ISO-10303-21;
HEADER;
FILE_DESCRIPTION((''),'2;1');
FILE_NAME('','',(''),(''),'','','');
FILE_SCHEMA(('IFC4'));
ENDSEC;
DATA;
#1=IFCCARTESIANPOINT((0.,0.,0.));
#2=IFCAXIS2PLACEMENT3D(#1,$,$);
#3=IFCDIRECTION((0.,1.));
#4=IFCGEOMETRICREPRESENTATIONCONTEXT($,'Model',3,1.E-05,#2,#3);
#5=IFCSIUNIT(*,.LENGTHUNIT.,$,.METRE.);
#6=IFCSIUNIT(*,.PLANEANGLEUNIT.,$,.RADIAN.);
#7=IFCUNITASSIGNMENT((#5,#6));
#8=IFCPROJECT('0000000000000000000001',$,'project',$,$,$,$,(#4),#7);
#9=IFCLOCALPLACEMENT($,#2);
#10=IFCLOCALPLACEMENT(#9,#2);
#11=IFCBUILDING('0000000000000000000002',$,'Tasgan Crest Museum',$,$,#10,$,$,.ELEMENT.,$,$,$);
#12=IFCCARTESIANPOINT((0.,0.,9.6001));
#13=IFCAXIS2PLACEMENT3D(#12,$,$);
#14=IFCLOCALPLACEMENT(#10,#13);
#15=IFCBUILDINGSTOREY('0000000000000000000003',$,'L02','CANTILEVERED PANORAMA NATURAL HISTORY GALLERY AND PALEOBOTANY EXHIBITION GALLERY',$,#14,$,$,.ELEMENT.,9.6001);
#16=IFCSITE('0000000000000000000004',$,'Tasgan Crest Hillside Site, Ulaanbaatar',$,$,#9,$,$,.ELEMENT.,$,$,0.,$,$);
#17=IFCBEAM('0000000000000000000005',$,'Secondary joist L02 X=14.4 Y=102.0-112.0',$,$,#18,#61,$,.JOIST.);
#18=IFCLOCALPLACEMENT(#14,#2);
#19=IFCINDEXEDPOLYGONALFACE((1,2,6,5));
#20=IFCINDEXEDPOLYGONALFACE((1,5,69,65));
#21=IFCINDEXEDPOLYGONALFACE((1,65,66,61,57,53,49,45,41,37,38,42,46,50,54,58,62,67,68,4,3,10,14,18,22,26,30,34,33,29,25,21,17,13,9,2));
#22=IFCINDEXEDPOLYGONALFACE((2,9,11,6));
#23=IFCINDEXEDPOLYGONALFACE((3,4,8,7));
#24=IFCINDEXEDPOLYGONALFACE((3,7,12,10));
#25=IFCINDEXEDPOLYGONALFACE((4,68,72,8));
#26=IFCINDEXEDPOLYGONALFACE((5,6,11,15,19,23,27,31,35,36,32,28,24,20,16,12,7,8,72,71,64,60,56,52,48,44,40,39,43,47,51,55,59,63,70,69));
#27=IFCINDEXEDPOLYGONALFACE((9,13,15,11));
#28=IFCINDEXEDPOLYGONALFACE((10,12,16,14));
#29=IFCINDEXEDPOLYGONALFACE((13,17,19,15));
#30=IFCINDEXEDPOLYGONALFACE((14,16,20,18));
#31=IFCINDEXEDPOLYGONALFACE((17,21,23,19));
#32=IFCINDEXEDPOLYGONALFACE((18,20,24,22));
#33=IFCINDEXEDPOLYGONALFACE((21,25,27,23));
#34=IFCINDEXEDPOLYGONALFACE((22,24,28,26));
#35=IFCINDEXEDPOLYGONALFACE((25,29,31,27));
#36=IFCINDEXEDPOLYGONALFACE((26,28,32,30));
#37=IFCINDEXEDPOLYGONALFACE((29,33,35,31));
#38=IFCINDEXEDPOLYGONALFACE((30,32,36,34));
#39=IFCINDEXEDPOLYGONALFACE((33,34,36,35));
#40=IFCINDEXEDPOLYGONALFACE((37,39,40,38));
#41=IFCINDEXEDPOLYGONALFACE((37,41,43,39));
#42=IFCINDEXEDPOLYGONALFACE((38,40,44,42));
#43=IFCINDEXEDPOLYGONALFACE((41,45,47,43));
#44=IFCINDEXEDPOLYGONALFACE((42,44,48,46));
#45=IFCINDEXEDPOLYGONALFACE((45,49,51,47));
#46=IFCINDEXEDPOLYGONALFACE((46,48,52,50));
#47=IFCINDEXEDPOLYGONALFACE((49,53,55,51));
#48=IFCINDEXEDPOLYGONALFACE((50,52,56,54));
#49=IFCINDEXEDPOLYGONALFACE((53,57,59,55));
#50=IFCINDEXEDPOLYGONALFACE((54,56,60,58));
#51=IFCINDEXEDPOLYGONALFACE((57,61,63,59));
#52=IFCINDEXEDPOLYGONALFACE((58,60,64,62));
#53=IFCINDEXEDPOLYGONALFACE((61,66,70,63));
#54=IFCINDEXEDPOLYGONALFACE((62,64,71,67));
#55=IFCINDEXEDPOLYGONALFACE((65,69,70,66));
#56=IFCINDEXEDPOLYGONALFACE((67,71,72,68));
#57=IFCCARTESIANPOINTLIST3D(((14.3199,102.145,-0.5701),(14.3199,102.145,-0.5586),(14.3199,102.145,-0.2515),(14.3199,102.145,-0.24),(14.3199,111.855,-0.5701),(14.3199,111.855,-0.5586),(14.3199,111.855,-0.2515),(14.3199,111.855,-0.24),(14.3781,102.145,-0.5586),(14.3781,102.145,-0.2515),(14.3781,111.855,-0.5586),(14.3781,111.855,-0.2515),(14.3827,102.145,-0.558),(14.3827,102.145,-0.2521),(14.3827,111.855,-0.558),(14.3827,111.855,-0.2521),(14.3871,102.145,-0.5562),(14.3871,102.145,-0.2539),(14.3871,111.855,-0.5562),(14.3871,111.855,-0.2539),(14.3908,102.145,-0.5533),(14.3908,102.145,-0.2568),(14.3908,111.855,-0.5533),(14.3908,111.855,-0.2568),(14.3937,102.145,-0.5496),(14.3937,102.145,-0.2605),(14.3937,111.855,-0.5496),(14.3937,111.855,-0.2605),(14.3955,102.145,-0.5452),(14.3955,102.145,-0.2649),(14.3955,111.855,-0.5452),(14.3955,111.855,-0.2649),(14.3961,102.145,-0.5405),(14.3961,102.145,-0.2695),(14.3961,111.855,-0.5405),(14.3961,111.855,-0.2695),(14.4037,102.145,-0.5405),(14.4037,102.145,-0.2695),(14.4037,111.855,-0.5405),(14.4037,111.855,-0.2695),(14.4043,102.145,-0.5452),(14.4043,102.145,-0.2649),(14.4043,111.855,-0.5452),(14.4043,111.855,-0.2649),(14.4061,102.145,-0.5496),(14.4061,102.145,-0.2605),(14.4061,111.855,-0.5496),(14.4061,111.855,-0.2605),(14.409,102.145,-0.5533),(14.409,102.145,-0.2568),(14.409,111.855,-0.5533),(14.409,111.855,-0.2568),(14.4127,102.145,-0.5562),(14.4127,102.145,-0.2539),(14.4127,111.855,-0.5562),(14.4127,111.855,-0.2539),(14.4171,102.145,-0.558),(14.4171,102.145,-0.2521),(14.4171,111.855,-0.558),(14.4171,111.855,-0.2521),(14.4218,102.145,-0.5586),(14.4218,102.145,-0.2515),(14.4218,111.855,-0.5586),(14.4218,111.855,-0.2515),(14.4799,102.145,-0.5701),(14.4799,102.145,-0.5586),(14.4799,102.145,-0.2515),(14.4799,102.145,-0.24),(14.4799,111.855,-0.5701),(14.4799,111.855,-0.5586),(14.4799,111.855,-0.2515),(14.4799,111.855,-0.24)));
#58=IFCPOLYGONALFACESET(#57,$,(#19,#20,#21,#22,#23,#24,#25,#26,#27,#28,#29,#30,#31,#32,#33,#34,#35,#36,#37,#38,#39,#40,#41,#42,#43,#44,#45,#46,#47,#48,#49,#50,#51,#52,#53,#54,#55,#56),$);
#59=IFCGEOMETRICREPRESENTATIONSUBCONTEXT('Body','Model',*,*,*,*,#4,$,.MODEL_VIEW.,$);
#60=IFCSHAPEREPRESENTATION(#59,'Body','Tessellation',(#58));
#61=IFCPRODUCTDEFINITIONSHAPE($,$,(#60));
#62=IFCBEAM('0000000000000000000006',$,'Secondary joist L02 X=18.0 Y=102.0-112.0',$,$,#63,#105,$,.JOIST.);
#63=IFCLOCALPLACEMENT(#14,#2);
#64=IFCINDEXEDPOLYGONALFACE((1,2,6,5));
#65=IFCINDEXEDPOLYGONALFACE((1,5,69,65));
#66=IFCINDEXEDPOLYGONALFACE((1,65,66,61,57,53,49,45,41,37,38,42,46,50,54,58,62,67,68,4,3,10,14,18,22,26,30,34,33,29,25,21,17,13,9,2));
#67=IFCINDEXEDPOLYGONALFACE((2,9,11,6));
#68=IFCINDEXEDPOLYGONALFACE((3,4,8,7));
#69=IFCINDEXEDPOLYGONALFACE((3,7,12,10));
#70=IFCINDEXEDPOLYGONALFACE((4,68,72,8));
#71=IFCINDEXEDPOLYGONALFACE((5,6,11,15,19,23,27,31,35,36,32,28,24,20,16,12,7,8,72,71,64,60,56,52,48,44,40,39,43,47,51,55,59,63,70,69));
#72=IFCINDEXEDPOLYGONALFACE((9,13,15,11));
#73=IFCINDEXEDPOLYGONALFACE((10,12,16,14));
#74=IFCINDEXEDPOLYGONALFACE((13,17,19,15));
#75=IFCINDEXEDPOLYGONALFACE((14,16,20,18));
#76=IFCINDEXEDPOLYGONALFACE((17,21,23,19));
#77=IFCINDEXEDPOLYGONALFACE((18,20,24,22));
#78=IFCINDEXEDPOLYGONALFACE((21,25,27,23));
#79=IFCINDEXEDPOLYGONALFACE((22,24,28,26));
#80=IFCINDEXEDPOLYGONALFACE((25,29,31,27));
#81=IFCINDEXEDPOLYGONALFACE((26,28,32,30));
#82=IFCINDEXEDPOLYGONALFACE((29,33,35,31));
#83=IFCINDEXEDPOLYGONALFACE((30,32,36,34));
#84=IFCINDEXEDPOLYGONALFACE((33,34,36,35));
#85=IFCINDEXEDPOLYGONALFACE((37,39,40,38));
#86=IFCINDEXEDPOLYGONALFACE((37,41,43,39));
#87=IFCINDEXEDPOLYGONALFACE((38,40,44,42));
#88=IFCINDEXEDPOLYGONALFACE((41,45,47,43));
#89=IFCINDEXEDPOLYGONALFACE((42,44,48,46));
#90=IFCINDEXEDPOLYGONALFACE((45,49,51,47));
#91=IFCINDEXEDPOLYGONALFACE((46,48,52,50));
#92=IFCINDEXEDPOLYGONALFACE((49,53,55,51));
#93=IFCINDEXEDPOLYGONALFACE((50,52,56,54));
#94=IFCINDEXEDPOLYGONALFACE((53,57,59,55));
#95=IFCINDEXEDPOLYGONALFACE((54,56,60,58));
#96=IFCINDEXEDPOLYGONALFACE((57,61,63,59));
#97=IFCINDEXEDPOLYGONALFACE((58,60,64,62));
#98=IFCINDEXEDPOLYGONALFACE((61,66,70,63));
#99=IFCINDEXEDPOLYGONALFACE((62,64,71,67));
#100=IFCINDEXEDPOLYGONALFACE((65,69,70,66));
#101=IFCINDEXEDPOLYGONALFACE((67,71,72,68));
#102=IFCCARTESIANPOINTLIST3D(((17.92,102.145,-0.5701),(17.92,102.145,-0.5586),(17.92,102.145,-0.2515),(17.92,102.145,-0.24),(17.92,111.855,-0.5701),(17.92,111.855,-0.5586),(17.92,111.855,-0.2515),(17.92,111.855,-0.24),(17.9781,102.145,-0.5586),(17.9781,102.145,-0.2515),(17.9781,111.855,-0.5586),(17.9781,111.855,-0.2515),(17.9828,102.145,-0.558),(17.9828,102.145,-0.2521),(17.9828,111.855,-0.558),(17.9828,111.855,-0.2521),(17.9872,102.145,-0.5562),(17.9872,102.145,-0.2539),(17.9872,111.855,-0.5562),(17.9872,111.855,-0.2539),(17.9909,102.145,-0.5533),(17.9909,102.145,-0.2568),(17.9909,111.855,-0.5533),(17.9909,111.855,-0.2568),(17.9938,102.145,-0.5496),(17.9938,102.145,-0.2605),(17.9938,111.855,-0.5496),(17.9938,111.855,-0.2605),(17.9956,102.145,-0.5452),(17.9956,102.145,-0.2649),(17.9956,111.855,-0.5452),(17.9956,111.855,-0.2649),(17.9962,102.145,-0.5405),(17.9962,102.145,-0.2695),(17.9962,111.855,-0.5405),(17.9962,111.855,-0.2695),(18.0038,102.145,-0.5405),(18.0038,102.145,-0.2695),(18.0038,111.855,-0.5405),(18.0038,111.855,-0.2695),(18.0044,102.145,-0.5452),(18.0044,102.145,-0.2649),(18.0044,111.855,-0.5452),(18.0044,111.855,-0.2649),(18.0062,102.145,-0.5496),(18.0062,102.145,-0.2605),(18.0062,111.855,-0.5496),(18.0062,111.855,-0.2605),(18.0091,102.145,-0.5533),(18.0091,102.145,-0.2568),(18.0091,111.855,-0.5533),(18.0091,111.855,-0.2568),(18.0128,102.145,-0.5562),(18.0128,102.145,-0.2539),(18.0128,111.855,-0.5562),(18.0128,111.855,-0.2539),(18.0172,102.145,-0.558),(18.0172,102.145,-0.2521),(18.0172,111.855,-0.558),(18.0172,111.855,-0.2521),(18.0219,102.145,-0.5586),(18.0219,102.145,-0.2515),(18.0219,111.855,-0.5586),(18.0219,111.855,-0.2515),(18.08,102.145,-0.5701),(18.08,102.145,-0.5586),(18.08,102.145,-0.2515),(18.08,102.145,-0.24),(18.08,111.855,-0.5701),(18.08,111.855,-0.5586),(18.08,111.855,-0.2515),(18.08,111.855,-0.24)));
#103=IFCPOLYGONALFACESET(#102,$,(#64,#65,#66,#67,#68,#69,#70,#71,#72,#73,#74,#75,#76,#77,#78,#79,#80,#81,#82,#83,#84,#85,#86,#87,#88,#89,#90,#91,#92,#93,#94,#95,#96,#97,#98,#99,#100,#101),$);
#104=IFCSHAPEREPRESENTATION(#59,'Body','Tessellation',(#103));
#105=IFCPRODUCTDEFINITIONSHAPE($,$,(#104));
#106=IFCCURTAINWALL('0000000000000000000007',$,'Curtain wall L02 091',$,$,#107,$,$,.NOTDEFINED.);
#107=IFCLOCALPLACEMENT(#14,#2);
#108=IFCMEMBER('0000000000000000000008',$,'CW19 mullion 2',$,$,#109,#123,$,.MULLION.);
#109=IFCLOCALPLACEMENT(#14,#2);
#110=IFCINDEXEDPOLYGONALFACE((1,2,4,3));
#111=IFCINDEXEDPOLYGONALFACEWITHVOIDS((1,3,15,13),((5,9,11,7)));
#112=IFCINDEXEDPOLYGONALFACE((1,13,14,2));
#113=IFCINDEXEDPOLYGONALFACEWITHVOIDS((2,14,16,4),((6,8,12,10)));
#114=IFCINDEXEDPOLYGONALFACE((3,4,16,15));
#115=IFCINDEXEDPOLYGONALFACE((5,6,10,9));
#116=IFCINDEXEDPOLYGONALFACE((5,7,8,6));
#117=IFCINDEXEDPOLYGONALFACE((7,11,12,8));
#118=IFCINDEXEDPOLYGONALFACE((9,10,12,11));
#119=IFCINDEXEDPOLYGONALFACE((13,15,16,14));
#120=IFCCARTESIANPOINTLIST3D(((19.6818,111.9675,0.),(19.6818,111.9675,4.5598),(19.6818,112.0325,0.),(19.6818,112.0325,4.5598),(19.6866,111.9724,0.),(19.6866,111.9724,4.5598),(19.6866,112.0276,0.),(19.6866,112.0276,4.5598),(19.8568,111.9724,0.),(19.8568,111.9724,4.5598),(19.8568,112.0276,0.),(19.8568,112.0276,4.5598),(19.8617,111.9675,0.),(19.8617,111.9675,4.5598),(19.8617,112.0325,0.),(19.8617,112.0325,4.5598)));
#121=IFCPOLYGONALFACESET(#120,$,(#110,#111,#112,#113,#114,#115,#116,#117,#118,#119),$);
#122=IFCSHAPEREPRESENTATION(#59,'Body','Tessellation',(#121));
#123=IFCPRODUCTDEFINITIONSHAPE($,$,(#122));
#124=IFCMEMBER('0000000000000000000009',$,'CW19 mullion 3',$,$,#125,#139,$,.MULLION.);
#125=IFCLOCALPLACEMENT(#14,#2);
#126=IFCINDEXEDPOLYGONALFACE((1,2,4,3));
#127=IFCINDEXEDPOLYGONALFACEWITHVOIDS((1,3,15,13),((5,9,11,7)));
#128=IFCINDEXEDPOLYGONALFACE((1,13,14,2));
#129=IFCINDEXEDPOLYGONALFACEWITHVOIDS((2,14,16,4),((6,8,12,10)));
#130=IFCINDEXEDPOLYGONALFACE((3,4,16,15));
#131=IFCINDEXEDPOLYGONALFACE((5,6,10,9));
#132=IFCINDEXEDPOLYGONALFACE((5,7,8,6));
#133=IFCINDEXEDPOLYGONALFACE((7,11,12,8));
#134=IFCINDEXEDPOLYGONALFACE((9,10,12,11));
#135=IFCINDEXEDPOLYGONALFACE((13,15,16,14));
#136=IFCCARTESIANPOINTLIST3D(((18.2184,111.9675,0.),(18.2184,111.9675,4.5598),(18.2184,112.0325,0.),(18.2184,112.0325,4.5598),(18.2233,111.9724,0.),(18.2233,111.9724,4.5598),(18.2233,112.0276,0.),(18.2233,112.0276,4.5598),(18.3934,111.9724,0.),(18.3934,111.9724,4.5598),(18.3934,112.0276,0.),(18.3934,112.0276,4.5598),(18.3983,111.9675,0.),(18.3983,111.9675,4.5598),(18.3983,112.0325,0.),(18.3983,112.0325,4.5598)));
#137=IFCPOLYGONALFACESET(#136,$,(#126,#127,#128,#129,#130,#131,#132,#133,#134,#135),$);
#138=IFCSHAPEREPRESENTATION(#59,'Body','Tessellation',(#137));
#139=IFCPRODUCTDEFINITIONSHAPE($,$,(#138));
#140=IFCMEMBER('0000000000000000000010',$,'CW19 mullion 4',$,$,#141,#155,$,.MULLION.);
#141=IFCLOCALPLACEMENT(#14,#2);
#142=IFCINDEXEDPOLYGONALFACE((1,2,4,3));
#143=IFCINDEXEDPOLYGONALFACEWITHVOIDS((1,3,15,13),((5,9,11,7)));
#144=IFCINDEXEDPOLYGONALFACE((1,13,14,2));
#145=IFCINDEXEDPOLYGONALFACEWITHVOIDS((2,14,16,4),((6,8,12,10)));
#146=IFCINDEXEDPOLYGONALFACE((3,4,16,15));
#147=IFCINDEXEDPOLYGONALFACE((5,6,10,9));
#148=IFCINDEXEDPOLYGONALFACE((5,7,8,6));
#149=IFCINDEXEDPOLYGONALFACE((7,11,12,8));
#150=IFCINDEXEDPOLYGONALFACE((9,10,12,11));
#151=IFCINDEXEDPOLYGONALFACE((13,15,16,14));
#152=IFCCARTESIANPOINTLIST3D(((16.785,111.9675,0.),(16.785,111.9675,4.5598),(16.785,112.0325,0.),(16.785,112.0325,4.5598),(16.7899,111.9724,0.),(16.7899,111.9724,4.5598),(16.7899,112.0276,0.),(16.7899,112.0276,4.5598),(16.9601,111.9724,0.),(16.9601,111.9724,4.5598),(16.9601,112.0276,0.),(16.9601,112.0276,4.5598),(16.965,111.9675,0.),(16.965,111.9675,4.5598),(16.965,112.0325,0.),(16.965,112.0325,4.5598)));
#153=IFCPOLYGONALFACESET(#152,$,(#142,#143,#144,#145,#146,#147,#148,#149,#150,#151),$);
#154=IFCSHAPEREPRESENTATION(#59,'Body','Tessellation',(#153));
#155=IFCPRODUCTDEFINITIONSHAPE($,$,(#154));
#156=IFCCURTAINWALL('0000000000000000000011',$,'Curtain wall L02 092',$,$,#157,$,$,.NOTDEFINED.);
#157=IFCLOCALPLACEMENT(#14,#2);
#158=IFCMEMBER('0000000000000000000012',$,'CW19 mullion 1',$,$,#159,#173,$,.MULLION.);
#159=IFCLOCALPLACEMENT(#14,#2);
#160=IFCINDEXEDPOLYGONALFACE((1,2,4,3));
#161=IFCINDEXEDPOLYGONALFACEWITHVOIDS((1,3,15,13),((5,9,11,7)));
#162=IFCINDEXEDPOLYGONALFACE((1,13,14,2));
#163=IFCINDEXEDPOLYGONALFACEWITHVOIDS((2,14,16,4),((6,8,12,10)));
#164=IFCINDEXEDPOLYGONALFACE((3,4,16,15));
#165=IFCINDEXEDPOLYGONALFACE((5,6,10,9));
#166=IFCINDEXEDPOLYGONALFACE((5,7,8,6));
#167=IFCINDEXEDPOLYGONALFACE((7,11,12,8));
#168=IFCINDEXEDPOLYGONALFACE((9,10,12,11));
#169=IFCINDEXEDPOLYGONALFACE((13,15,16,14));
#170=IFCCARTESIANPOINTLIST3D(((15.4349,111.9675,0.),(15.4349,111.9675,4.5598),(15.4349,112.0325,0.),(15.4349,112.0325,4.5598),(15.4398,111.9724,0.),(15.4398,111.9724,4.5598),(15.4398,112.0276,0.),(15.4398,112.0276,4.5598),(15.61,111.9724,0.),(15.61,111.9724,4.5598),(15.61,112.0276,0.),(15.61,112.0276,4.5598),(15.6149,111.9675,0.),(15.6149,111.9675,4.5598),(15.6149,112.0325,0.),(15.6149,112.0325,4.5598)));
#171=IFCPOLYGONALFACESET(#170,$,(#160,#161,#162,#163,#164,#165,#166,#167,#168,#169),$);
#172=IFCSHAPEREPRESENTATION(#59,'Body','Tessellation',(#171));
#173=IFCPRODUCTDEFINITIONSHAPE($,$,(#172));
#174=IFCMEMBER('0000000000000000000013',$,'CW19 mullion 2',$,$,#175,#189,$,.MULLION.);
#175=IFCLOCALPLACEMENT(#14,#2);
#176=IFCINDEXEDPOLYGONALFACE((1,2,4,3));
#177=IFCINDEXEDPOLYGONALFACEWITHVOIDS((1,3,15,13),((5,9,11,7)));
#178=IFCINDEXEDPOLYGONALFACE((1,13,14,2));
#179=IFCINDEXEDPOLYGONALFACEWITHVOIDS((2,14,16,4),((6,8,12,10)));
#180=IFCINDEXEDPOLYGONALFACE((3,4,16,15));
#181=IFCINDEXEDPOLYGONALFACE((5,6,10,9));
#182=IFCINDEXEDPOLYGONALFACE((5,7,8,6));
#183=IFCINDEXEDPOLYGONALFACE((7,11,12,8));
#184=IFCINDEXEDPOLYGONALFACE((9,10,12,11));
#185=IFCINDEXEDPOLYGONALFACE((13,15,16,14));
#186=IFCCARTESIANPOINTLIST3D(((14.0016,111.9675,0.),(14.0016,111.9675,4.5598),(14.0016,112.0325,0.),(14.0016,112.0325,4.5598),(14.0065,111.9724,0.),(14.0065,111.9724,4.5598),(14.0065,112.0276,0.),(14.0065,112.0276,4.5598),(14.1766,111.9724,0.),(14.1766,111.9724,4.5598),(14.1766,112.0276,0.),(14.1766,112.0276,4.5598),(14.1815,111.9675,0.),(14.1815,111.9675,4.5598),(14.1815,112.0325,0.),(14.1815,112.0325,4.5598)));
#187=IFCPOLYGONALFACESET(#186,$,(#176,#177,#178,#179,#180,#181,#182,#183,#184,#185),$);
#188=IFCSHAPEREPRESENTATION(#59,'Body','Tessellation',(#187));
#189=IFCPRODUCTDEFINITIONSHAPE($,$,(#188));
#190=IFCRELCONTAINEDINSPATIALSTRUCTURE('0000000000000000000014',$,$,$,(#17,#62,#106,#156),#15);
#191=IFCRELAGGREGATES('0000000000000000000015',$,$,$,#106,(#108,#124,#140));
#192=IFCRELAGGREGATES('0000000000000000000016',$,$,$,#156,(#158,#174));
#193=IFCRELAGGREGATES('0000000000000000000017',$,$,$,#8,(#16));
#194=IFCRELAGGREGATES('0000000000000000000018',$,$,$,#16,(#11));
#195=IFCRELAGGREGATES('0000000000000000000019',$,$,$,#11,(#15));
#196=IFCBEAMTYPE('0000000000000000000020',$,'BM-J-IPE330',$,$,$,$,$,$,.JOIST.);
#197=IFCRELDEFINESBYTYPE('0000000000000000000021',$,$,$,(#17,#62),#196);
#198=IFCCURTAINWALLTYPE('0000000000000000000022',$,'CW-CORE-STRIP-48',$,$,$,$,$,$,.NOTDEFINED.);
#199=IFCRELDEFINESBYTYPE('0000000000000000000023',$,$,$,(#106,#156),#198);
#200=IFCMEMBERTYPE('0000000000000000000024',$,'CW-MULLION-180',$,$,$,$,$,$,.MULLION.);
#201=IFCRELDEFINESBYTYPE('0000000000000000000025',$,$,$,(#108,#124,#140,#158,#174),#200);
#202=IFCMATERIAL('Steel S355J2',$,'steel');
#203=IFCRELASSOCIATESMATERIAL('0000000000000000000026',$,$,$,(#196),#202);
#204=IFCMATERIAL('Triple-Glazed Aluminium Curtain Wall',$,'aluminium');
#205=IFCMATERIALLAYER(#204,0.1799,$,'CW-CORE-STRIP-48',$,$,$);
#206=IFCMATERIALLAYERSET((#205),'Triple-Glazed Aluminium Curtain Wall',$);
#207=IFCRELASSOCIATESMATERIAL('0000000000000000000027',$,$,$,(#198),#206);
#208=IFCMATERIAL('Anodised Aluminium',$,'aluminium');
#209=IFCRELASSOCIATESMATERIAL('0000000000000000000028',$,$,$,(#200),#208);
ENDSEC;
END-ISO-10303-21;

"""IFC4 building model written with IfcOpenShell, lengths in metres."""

from ifc_helpers import new_model, si_unit, direction, frame, origin, origin_2d, place, context, subcontext, project, spatial, hollow_rectangle, i_section, extrude, material, layer, layer_set, material_profile, profile_set, type_object, element, aggregate, save


model = new_model("IFC4")

# Units and contexts
model_context = context("Model", 3, precision=1e-05, world=origin(), true_north=direction((0.0, 1.0)))
body_context = subcontext(model_context, "Body", "Model", "MODEL_VIEW")
ifc_project = project(units=[si_unit("LENGTHUNIT", "METRE"), si_unit("PLANEANGLEUNIT", "RADIAN")], contexts=[model_context])

# Site, building, storey
site_placement = place(None, origin())
site = spatial("IfcSite", under=ifc_project, at=site_placement, Name="Tasgan Crest Hillside Site, Ulaanbaatar", CompositionType="ELEMENT", RefElevation=0.0)
building_placement = place(site_placement, origin())
building = spatial("IfcBuilding", under=site, at=building_placement, Name="Tasgan Crest Museum", CompositionType="ELEMENT")
storey_placement = place(building_placement, frame((0.0, 0.0, 9.6001)))
storey = spatial("IfcBuildingStorey", under=building, at=storey_placement, Name="L02", Description="CANTILEVERED PANORAMA NATURAL HISTORY GALLERY AND PALEOBOTANY EXHIBITION GALLERY", CompositionType="ELEMENT", Elevation=9.6001)

# Beams
ifc_material_1 = material(Name="Steel S355J2", Category="steel")
ifc_material_profile_1 = material_profile(ifc_material_1, i_section(OverallWidth=0.1599, OverallDepth=0.3301, WebThickness=0.0076, FlangeThickness=0.0115, FilletRadius=0.0181, at=origin_2d()), Name="IPE 330")
ifc_profile_set_1 = profile_set([ifc_material_profile_1], Name="Steel S355J2")
beam_type = type_object("IfcBeamType", Name="BM-J-IPE330", PredefinedType="JOIST", material=ifc_profile_set_1)
for number, where, z_axis, x_axis, name in (
    (1, (14.3999, 102.145, -0.405), (0.0, 1.0, 0.0), (-1.0, 0.0, 0.0), "Secondary joist L02 X=14.4 Y=102.0-112.0"),
    (2, (18.0, 102.145, -0.405), (0.0, 1.0, 0.0), (-1.0, 0.0, 0.0), "Secondary joist L02 X=18.0 Y=102.0-112.0"),
):
    element("IfcBeam", number, at=place(storey_placement, frame(where, z_axis=z_axis, x_axis=x_axis)), inside=storey, type_object=beam_type, Name=name, PredefinedType="JOIST", context=body_context, shape_type="SweptSolid", body=[
        extrude(i_section(OverallWidth=0.1599, OverallDepth=0.3301, WebThickness=0.0076, FlangeThickness=0.0115, FilletRadius=0.0181, at=origin_2d()), origin(), (0.0, 0.0, 1.0), 9.71),
    ])

# Curtain walls, members
ifc_material_2 = material(Name="Triple-Glazed Aluminium Curtain Wall", Category="aluminium")
ifc_layer_1 = layer(ifc_material_2, 0.1799, Name="CW-CORE-STRIP-48")
ifc_layer_set_1 = layer_set([ifc_layer_1], Name="Triple-Glazed Aluminium Curtain Wall")
curtain_wall_type = type_object("IfcCurtainWallType", Name="CW-CORE-STRIP-48", PredefinedType="NOTDEFINED", material=ifc_layer_set_1)
curtain_wall_1_placement = place(storey_placement, origin())
curtain_wall_1 = element("IfcCurtainWall", 3, at=curtain_wall_1_placement, inside=storey, type_object=curtain_wall_type, Name="Curtain wall L02 091", PredefinedType="NOTDEFINED")
ifc_material_3 = material(Name="Anodised Aluminium", Category="aluminium")
ifc_material_profile_2 = material_profile(ifc_material_3, hollow_rectangle(XDim=0.0649, YDim=0.1799, WallThickness=0.0049, at=origin_2d()), Name="ALU MULLION 180x65x5")
ifc_profile_set_2 = profile_set([ifc_material_profile_2], Name="Anodised Aluminium")
member_type_1 = type_object("IfcMemberType", Name="CW-MULLION-180", PredefinedType="MULLION", material=ifc_profile_set_2)
member_1_placement = place(storey_placement, frame((19.7717, 112.0, 0.0), z_axis=(0.0, 0.0, 1.0), x_axis=(0.0, -1.0, 0.0)))
member_1 = element("IfcMember", 4, at=member_1_placement, type_object=member_type_1, Name="CW19 mullion 2", PredefinedType="MULLION", context=body_context, shape_type="SweptSolid", body=[
    extrude(hollow_rectangle(XDim=0.0649, YDim=0.1799, WallThickness=0.0049, at=origin_2d()), origin(), (0.0, 0.0, 1.0), 4.5598),
])
member_2_placement = place(storey_placement, frame((18.3083, 112.0, 0.0), z_axis=(0.0, 0.0, 1.0), x_axis=(0.0, -1.0, 0.0)))
member_2 = element("IfcMember", 5, at=member_2_placement, type_object=member_type_1, Name="CW19 mullion 3", PredefinedType="MULLION", context=body_context, shape_type="SweptSolid", body=[
    extrude(hollow_rectangle(XDim=0.0649, YDim=0.1799, WallThickness=0.0049, at=origin_2d()), origin(), (0.0, 0.0, 1.0), 4.5598),
])
member_3_placement = place(storey_placement, frame((16.875, 112.0, 0.0), z_axis=(0.0, 0.0, 1.0), x_axis=(0.0, -1.0, 0.0)))
member_3 = element("IfcMember", 6, at=member_3_placement, type_object=member_type_1, Name="CW19 mullion 4", PredefinedType="MULLION", context=body_context, shape_type="SweptSolid", body=[
    extrude(hollow_rectangle(XDim=0.0649, YDim=0.1799, WallThickness=0.0049, at=origin_2d()), origin(), (0.0, 0.0, 1.0), 4.5598),
])
curtain_wall_2_placement = place(storey_placement, origin())
curtain_wall_2 = element("IfcCurtainWall", 7, at=curtain_wall_2_placement, inside=storey, type_object=curtain_wall_type, Name="Curtain wall L02 092", PredefinedType="NOTDEFINED")
member_4_placement = place(storey_placement, frame((15.5249, 112.0, 0.0), z_axis=(0.0, 0.0, 1.0), x_axis=(0.0, -1.0, 0.0)))
member_4 = element("IfcMember", 8, at=member_4_placement, type_object=member_type_1, Name="CW19 mullion 1", PredefinedType="MULLION", context=body_context, shape_type="SweptSolid", body=[
    extrude(hollow_rectangle(XDim=0.0649, YDim=0.1799, WallThickness=0.0049, at=origin_2d()), origin(), (0.0, 0.0, 1.0), 4.5598),
])
member_5_placement = place(storey_placement, frame((14.0916, 112.0, 0.0), z_axis=(0.0, 0.0, 1.0), x_axis=(0.0, -1.0, 0.0)))
member_5 = element("IfcMember", 9, at=member_5_placement, type_object=member_type_1, Name="CW19 mullion 2", PredefinedType="MULLION", context=body_context, shape_type="SweptSolid", body=[
    extrude(hollow_rectangle(XDim=0.0649, YDim=0.1799, WallThickness=0.0049, at=origin_2d()), origin(), (0.0, 0.0, 1.0), 4.5598),
])

aggregate(curtain_wall_1, [member_1, member_2, member_3])
aggregate(curtain_wall_2, [member_4, member_5])

save(model, "model.ifc")
